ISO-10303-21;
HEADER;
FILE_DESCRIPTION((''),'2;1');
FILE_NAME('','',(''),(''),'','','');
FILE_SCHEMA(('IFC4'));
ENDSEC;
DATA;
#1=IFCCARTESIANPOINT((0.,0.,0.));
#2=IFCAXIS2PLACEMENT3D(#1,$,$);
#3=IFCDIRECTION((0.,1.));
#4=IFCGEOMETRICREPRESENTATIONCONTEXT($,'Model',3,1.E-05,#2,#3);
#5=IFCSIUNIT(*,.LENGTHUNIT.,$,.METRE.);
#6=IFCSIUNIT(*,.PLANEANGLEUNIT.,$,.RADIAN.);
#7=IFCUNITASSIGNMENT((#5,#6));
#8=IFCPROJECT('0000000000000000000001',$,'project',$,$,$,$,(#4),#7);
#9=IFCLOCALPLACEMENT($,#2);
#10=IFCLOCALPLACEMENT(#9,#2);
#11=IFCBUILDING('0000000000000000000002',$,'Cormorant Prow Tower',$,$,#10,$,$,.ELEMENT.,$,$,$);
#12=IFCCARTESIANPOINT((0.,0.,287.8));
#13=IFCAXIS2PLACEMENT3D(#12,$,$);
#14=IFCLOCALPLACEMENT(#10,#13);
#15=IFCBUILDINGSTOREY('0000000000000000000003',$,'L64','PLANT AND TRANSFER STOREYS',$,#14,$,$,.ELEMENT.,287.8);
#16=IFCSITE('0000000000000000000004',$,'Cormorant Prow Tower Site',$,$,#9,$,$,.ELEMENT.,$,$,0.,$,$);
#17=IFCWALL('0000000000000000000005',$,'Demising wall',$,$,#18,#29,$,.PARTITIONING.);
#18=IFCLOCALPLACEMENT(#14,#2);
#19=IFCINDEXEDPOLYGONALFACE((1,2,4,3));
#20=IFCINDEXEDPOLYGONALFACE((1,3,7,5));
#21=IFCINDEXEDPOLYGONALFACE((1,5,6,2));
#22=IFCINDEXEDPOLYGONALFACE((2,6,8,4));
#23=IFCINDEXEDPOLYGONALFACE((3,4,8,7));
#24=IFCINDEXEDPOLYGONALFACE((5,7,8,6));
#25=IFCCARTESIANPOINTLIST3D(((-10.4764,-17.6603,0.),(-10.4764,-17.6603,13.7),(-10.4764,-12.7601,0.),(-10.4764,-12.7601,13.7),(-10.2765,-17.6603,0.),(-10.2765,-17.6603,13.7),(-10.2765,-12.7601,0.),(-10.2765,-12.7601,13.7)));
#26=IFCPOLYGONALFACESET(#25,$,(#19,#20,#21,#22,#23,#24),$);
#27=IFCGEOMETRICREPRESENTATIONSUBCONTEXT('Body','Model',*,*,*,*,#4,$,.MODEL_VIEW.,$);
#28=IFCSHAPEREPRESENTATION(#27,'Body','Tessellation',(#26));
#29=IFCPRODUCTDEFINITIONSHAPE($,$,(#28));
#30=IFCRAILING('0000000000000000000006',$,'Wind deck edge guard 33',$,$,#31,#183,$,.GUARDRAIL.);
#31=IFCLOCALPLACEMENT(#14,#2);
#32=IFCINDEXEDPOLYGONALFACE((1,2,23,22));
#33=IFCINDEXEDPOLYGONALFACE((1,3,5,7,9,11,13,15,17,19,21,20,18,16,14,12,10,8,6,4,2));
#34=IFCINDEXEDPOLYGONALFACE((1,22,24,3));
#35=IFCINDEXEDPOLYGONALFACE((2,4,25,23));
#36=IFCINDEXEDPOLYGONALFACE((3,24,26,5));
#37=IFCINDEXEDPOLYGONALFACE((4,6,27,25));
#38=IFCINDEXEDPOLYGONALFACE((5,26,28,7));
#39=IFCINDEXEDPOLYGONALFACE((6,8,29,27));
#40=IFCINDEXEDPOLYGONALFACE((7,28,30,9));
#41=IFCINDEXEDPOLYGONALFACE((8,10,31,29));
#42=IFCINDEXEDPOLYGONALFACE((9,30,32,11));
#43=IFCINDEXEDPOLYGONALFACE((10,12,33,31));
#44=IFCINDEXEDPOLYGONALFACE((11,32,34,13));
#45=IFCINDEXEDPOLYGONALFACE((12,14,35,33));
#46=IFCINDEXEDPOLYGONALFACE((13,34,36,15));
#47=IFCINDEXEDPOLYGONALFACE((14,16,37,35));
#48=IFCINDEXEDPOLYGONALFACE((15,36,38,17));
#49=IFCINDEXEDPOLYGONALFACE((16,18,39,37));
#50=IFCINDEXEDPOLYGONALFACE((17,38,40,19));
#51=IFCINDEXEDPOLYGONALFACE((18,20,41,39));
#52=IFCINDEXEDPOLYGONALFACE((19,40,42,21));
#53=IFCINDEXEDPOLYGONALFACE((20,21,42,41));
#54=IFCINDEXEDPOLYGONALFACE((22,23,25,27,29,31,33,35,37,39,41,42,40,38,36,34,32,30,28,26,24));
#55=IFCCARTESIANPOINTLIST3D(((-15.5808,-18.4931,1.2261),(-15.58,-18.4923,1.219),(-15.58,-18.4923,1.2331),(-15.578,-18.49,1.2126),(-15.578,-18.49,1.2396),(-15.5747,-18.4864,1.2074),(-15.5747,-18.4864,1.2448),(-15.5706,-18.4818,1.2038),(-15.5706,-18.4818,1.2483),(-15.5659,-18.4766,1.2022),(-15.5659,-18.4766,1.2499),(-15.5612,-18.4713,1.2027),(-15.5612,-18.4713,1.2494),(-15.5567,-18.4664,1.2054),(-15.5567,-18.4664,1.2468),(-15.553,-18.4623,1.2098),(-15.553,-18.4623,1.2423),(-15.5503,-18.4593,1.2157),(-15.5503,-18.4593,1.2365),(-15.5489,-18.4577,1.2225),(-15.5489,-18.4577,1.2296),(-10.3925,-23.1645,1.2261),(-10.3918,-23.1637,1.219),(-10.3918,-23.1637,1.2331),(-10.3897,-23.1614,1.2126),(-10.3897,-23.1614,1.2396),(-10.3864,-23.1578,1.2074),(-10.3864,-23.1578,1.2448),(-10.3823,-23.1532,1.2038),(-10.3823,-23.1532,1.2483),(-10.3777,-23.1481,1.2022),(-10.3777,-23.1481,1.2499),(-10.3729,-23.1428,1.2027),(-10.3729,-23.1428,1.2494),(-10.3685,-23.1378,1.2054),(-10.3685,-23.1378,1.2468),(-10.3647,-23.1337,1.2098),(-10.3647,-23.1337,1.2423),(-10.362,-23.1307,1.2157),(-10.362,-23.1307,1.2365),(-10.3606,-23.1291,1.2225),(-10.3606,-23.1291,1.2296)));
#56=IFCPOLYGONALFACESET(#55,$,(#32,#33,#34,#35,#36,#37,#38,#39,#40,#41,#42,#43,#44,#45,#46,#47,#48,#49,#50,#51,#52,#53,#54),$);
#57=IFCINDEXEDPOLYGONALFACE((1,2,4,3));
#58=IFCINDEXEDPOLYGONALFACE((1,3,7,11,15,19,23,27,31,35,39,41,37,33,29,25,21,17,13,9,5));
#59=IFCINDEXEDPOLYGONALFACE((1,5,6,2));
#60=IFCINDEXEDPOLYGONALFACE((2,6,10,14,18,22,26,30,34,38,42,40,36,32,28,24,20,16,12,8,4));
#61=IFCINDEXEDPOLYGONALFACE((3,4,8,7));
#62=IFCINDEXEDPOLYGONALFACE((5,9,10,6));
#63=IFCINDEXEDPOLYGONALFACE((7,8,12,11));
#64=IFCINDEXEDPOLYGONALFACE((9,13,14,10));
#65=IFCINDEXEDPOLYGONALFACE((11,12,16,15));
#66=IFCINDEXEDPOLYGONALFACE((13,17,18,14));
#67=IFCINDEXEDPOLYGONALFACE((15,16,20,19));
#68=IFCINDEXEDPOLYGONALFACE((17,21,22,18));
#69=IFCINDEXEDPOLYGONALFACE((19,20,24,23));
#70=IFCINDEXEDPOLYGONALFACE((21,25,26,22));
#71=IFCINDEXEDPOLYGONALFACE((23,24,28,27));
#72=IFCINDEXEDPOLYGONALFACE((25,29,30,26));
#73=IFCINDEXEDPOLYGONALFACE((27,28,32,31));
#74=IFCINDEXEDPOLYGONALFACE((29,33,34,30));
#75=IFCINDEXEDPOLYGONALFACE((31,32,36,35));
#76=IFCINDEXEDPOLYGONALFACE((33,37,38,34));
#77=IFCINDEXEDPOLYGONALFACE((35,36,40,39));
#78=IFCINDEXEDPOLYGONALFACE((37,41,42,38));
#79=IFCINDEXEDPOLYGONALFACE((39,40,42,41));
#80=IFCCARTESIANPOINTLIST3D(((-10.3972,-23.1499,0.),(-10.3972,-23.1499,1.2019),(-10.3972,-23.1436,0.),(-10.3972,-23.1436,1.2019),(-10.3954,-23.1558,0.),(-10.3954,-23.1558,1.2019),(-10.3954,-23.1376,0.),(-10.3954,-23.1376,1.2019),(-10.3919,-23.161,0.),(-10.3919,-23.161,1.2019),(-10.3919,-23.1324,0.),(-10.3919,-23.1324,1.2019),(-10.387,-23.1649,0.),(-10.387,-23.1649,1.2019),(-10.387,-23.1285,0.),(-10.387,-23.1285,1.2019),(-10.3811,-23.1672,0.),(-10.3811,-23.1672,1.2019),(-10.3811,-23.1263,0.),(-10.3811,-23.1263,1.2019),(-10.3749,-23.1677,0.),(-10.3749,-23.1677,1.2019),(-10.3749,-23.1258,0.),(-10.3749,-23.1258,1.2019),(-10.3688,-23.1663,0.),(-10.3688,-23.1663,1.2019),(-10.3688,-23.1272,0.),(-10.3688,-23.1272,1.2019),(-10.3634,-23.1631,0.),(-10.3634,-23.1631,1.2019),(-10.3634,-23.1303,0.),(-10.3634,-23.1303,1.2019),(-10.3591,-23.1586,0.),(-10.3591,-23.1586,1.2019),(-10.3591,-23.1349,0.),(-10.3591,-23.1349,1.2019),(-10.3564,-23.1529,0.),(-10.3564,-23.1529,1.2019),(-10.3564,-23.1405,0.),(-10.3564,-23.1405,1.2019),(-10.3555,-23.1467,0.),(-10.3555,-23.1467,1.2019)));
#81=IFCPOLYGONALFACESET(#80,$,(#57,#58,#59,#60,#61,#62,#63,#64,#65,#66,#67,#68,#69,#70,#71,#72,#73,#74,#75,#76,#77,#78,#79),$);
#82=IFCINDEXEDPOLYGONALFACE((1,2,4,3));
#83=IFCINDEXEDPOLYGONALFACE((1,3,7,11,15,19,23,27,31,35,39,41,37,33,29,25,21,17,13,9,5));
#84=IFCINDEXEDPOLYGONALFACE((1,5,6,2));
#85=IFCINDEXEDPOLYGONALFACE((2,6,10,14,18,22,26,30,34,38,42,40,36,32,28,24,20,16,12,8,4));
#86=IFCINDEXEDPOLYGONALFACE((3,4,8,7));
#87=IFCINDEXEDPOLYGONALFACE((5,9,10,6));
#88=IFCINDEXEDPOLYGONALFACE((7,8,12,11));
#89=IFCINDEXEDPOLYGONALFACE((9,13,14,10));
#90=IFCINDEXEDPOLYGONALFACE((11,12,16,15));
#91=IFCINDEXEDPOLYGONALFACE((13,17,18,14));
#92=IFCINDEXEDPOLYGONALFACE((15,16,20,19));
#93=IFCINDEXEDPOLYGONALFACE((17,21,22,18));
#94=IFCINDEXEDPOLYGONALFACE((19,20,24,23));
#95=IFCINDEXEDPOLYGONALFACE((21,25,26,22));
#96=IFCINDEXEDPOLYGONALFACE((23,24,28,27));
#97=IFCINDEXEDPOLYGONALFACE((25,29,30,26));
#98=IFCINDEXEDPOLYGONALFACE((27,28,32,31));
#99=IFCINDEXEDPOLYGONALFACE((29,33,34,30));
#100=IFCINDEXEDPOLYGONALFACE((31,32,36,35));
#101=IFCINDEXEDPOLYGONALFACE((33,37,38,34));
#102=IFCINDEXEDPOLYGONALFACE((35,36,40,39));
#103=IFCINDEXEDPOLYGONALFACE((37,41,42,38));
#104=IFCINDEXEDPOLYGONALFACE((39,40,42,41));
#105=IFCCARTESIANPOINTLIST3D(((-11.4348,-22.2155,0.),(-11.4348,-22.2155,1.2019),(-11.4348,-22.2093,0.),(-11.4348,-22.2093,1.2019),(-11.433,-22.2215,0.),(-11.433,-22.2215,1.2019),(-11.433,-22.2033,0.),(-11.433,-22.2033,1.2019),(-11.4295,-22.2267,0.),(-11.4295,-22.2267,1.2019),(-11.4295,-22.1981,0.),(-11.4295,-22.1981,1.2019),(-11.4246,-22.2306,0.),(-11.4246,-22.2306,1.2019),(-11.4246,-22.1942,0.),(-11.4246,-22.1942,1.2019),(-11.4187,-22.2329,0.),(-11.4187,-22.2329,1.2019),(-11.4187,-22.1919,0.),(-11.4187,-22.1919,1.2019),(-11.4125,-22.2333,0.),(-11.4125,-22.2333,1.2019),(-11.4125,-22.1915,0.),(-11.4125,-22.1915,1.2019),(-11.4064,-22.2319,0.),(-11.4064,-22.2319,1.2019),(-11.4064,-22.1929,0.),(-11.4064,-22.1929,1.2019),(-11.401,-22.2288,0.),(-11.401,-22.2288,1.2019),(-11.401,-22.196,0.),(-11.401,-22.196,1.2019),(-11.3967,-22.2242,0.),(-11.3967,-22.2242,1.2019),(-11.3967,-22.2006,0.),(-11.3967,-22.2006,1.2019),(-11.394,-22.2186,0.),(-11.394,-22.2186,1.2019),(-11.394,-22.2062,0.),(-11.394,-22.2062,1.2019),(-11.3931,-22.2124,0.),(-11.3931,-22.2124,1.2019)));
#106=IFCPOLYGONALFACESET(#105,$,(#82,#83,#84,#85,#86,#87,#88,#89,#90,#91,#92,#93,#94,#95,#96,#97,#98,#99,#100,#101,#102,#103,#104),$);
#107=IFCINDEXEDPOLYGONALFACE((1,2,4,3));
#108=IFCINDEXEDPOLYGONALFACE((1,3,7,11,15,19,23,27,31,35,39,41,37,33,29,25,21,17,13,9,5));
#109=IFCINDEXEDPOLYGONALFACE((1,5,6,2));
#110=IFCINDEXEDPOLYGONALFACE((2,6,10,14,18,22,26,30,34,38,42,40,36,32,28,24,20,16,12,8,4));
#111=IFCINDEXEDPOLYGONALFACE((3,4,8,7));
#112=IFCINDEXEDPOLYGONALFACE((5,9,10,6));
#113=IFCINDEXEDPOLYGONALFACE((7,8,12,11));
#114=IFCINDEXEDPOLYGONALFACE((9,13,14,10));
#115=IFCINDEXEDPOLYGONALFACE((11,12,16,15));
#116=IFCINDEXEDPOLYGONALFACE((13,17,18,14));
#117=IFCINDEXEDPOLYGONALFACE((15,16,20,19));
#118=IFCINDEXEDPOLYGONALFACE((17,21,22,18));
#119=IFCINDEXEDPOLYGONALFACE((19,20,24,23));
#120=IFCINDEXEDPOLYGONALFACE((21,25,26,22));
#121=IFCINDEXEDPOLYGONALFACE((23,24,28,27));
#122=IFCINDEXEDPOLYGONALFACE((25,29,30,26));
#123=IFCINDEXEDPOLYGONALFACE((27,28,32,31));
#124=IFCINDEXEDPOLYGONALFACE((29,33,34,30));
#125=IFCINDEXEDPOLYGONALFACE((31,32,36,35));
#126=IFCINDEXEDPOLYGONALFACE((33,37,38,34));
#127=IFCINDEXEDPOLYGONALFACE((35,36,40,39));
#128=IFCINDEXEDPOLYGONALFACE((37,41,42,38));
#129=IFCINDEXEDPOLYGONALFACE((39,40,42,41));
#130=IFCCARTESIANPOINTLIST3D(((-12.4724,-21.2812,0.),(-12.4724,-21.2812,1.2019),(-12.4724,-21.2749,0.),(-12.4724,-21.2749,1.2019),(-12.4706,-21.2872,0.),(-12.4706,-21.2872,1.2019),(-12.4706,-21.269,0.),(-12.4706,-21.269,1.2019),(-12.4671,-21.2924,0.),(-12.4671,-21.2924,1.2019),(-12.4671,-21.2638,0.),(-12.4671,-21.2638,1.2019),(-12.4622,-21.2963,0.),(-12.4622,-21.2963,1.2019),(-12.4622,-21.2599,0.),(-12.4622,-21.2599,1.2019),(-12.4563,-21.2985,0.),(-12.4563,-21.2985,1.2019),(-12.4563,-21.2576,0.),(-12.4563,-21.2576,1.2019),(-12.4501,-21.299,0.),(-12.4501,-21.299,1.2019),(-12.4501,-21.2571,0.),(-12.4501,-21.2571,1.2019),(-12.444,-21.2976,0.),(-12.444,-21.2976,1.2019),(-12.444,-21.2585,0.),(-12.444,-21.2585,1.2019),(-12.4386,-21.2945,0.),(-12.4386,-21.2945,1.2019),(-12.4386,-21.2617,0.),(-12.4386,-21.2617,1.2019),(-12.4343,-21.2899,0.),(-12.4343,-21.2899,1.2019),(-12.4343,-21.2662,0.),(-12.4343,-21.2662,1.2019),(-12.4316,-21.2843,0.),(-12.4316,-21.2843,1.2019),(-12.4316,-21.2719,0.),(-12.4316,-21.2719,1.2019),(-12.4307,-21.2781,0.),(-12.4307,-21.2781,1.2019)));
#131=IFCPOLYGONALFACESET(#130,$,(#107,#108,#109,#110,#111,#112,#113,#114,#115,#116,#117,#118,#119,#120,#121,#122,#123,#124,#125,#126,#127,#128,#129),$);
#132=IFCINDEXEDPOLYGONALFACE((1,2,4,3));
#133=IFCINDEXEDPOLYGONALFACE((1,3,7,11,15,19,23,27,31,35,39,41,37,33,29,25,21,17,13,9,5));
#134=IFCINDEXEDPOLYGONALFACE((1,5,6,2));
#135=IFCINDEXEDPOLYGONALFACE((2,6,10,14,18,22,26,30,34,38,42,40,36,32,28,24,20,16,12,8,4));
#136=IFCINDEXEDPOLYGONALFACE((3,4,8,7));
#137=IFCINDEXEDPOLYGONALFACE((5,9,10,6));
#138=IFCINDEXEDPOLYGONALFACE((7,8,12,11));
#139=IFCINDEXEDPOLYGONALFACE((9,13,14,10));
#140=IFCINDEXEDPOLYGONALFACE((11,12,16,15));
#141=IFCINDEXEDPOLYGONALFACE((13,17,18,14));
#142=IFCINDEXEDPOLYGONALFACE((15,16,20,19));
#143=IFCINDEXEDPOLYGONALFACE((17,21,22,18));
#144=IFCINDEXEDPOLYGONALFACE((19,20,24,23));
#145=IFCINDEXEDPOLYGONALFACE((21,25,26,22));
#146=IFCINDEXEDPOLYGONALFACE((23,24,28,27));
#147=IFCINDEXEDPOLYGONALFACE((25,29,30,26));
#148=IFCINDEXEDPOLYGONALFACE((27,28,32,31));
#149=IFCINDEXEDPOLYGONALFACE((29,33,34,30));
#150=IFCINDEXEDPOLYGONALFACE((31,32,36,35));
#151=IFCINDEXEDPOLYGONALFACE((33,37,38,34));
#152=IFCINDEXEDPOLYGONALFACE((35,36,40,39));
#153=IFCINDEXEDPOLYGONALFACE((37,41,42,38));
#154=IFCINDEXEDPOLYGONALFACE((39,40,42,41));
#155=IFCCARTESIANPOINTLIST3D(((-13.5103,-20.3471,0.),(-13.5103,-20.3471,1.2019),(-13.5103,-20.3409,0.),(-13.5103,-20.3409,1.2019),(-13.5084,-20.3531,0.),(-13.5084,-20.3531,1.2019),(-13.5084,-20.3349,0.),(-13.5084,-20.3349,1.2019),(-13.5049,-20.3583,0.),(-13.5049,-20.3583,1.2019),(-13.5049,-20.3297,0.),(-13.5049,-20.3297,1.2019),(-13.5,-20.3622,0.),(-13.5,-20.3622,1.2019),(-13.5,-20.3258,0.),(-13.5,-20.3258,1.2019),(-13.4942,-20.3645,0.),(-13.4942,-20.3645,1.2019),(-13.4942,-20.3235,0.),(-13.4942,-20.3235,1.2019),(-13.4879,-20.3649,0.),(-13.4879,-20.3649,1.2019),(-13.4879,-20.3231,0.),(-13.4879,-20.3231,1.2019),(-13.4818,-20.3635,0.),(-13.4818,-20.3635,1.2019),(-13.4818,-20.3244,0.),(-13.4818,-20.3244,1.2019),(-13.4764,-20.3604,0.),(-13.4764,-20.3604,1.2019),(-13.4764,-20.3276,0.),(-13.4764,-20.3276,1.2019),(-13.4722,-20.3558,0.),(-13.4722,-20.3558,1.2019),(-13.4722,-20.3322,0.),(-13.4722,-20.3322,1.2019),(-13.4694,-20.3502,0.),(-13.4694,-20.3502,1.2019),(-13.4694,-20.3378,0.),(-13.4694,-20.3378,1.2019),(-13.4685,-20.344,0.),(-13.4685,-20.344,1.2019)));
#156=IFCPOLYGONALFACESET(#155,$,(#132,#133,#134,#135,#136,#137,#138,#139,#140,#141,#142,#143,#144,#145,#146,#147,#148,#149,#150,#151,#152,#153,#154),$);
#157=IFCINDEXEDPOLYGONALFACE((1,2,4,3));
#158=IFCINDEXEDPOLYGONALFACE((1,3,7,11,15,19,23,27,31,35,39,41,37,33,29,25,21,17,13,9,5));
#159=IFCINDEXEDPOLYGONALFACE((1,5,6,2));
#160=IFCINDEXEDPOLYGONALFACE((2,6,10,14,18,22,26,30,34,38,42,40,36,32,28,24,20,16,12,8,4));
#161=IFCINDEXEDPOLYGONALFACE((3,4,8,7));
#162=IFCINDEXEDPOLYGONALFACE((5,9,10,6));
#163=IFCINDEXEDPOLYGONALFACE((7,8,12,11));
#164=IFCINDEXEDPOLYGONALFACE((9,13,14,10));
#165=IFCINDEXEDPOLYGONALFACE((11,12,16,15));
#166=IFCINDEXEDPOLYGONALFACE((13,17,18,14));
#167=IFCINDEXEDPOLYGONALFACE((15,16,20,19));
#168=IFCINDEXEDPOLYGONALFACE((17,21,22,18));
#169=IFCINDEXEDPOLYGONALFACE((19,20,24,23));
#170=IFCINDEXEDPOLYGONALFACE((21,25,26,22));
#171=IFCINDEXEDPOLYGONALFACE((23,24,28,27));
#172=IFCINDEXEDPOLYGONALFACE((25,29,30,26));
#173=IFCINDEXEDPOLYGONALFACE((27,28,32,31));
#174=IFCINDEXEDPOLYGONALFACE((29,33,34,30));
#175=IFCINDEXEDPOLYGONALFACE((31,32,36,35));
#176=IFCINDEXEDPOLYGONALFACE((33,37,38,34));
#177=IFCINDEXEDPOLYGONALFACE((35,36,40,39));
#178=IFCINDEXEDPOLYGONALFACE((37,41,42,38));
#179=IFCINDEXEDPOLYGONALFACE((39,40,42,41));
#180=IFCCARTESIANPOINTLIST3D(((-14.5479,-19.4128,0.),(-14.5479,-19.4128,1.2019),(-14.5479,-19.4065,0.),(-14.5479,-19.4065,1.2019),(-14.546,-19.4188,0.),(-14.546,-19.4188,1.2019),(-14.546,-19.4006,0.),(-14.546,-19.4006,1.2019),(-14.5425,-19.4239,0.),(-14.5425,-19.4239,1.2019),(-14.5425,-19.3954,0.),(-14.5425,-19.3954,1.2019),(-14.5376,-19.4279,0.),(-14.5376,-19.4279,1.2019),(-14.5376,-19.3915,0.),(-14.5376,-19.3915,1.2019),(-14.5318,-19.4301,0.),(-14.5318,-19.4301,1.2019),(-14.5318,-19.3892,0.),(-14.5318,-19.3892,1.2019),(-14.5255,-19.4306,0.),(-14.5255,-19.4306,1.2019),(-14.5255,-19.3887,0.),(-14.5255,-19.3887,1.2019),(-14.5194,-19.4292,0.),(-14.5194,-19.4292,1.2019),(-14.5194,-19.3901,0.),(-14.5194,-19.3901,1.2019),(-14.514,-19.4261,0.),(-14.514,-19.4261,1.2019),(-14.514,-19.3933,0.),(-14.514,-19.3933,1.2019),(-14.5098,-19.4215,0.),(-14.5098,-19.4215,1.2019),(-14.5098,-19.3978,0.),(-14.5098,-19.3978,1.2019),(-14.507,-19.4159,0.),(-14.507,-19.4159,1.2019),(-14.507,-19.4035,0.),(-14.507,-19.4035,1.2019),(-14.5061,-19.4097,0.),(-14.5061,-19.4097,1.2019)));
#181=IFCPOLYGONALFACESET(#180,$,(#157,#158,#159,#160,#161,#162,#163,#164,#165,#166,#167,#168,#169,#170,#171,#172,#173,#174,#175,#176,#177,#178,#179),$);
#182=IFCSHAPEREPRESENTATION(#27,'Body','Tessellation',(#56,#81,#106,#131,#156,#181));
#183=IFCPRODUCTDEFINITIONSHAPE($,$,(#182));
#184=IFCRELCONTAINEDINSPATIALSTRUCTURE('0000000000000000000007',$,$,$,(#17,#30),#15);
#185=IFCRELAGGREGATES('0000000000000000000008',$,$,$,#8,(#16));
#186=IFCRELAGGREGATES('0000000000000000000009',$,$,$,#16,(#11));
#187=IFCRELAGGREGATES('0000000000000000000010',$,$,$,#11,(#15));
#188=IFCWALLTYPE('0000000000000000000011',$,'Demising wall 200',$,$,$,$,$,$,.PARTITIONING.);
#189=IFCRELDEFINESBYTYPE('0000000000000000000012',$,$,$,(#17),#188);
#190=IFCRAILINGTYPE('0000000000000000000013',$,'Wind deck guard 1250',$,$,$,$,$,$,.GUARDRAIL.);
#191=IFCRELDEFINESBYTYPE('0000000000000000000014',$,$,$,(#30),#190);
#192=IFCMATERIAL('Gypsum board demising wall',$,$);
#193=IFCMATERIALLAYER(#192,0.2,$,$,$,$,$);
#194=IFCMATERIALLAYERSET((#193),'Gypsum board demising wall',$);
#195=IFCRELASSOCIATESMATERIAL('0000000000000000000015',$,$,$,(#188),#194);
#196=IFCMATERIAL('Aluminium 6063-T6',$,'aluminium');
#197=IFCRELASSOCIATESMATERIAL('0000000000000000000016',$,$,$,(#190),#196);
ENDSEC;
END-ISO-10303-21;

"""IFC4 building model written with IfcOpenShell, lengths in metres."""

from ifc_helpers import new_model, si_unit, direction, frame, frame_2d, origin, origin_2d, place, context, subcontext, project, spatial, rectangle, circle, extrude, material, layer, layer_set, type_object, element, save


model = new_model("IFC4")

# Units and contexts
model_context = context("Model", 3, precision=1e-05, world=origin(), true_north=direction((0.0, 1.0)))
body_context = subcontext(model_context, "Body", "Model", "MODEL_VIEW")
ifc_project = project(units=[si_unit("LENGTHUNIT", "METRE"), si_unit("PLANEANGLEUNIT", "RADIAN")], contexts=[model_context])

# Site, building, storey
site_placement = place(None, origin())
site = spatial("IfcSite", under=ifc_project, at=site_placement, Name="Cormorant Prow Tower Site", CompositionType="ELEMENT", RefElevation=0.0)
building_placement = place(site_placement, origin())
building = spatial("IfcBuilding", under=site, at=building_placement, Name="Cormorant Prow Tower", CompositionType="ELEMENT")
storey_placement = place(building_placement, frame((0.0, 0.0, 287.8)))
storey = spatial("IfcBuildingStorey", under=building, at=storey_placement, Name="L64", Description="PLANT AND TRANSFER STOREYS", CompositionType="ELEMENT", Elevation=287.8)

# Wall
ifc_material_1 = material(Name="Gypsum board demising wall")
ifc_layer = layer(ifc_material_1, 0.2)
ifc_layer_set = layer_set([ifc_layer], Name="Gypsum board demising wall")
wall_type = type_object("IfcWallType", Name="Demising wall 200", PredefinedType="PARTITIONING", material=ifc_layer_set)
wall_placement = place(storey_placement, frame((-10.3765, -17.6604, 0.0), z_axis=(0.0, 0.0, 1.0), x_axis=(0.0, 1.0, 0.0)))
element("IfcWall", 1, at=wall_placement, inside=storey, type_object=wall_type, Name="Demising wall", PredefinedType="PARTITIONING", context=body_context, shape_type="SweptSolid", body=[
    extrude(rectangle(XDim=4.9001, YDim=0.2, at=frame_2d((2.4502, 0.0))), origin(), (0.0, 0.0, 1.0), 13.7),
])

# Railing
ifc_material_2 = material(Name="Aluminium 6063-T6", Category="aluminium")
railing_type = type_object("IfcRailingType", Name="Wind deck guard 1250", PredefinedType="GUARDRAIL", material=ifc_material_2)
railing_1_placement = place(storey_placement, frame((-10.3765, -23.1467, 0.0)))
element("IfcRailing", 2, at=railing_1_placement, inside=storey, type_object=railing_type, Name="Wind deck edge guard 33", PredefinedType="GUARDRAIL", context=body_context, shape_type="SweptSolid", body=[
    extrude(circle(Radius=0.0239, at=origin_2d()), frame((0.0, 0.0, 1.2261), z_axis=(-0.743153, 0.669121, 0.0), x_axis=(-0.669121, -0.743153, 0.0)), (0.0, 0.0, 1.0), 6.9814),
    extrude(circle(Radius=0.021, at=origin_2d()), origin(), (0.0, 0.0, 1.0), 1.2019),
    extrude(circle(Radius=0.021, at=origin_2d()), frame((-1.0376, 0.9343, 0.0)), (0.0, 0.0, 1.0), 1.2019),
    extrude(circle(Radius=0.021, at=origin_2d()), frame((-2.0752, 1.8687, 0.0)), (0.0, 0.0, 1.0), 1.2019),
    extrude(circle(Radius=0.021, at=origin_2d()), frame((-3.113, 2.8027, 0.0)), (0.0, 0.0, 1.0), 1.2019),
    extrude(circle(Radius=0.021, at=origin_2d()), frame((-4.1506, 3.7371, 0.0)), (0.0, 0.0, 1.0), 1.2019),
])

save(model, "model.ifc")
